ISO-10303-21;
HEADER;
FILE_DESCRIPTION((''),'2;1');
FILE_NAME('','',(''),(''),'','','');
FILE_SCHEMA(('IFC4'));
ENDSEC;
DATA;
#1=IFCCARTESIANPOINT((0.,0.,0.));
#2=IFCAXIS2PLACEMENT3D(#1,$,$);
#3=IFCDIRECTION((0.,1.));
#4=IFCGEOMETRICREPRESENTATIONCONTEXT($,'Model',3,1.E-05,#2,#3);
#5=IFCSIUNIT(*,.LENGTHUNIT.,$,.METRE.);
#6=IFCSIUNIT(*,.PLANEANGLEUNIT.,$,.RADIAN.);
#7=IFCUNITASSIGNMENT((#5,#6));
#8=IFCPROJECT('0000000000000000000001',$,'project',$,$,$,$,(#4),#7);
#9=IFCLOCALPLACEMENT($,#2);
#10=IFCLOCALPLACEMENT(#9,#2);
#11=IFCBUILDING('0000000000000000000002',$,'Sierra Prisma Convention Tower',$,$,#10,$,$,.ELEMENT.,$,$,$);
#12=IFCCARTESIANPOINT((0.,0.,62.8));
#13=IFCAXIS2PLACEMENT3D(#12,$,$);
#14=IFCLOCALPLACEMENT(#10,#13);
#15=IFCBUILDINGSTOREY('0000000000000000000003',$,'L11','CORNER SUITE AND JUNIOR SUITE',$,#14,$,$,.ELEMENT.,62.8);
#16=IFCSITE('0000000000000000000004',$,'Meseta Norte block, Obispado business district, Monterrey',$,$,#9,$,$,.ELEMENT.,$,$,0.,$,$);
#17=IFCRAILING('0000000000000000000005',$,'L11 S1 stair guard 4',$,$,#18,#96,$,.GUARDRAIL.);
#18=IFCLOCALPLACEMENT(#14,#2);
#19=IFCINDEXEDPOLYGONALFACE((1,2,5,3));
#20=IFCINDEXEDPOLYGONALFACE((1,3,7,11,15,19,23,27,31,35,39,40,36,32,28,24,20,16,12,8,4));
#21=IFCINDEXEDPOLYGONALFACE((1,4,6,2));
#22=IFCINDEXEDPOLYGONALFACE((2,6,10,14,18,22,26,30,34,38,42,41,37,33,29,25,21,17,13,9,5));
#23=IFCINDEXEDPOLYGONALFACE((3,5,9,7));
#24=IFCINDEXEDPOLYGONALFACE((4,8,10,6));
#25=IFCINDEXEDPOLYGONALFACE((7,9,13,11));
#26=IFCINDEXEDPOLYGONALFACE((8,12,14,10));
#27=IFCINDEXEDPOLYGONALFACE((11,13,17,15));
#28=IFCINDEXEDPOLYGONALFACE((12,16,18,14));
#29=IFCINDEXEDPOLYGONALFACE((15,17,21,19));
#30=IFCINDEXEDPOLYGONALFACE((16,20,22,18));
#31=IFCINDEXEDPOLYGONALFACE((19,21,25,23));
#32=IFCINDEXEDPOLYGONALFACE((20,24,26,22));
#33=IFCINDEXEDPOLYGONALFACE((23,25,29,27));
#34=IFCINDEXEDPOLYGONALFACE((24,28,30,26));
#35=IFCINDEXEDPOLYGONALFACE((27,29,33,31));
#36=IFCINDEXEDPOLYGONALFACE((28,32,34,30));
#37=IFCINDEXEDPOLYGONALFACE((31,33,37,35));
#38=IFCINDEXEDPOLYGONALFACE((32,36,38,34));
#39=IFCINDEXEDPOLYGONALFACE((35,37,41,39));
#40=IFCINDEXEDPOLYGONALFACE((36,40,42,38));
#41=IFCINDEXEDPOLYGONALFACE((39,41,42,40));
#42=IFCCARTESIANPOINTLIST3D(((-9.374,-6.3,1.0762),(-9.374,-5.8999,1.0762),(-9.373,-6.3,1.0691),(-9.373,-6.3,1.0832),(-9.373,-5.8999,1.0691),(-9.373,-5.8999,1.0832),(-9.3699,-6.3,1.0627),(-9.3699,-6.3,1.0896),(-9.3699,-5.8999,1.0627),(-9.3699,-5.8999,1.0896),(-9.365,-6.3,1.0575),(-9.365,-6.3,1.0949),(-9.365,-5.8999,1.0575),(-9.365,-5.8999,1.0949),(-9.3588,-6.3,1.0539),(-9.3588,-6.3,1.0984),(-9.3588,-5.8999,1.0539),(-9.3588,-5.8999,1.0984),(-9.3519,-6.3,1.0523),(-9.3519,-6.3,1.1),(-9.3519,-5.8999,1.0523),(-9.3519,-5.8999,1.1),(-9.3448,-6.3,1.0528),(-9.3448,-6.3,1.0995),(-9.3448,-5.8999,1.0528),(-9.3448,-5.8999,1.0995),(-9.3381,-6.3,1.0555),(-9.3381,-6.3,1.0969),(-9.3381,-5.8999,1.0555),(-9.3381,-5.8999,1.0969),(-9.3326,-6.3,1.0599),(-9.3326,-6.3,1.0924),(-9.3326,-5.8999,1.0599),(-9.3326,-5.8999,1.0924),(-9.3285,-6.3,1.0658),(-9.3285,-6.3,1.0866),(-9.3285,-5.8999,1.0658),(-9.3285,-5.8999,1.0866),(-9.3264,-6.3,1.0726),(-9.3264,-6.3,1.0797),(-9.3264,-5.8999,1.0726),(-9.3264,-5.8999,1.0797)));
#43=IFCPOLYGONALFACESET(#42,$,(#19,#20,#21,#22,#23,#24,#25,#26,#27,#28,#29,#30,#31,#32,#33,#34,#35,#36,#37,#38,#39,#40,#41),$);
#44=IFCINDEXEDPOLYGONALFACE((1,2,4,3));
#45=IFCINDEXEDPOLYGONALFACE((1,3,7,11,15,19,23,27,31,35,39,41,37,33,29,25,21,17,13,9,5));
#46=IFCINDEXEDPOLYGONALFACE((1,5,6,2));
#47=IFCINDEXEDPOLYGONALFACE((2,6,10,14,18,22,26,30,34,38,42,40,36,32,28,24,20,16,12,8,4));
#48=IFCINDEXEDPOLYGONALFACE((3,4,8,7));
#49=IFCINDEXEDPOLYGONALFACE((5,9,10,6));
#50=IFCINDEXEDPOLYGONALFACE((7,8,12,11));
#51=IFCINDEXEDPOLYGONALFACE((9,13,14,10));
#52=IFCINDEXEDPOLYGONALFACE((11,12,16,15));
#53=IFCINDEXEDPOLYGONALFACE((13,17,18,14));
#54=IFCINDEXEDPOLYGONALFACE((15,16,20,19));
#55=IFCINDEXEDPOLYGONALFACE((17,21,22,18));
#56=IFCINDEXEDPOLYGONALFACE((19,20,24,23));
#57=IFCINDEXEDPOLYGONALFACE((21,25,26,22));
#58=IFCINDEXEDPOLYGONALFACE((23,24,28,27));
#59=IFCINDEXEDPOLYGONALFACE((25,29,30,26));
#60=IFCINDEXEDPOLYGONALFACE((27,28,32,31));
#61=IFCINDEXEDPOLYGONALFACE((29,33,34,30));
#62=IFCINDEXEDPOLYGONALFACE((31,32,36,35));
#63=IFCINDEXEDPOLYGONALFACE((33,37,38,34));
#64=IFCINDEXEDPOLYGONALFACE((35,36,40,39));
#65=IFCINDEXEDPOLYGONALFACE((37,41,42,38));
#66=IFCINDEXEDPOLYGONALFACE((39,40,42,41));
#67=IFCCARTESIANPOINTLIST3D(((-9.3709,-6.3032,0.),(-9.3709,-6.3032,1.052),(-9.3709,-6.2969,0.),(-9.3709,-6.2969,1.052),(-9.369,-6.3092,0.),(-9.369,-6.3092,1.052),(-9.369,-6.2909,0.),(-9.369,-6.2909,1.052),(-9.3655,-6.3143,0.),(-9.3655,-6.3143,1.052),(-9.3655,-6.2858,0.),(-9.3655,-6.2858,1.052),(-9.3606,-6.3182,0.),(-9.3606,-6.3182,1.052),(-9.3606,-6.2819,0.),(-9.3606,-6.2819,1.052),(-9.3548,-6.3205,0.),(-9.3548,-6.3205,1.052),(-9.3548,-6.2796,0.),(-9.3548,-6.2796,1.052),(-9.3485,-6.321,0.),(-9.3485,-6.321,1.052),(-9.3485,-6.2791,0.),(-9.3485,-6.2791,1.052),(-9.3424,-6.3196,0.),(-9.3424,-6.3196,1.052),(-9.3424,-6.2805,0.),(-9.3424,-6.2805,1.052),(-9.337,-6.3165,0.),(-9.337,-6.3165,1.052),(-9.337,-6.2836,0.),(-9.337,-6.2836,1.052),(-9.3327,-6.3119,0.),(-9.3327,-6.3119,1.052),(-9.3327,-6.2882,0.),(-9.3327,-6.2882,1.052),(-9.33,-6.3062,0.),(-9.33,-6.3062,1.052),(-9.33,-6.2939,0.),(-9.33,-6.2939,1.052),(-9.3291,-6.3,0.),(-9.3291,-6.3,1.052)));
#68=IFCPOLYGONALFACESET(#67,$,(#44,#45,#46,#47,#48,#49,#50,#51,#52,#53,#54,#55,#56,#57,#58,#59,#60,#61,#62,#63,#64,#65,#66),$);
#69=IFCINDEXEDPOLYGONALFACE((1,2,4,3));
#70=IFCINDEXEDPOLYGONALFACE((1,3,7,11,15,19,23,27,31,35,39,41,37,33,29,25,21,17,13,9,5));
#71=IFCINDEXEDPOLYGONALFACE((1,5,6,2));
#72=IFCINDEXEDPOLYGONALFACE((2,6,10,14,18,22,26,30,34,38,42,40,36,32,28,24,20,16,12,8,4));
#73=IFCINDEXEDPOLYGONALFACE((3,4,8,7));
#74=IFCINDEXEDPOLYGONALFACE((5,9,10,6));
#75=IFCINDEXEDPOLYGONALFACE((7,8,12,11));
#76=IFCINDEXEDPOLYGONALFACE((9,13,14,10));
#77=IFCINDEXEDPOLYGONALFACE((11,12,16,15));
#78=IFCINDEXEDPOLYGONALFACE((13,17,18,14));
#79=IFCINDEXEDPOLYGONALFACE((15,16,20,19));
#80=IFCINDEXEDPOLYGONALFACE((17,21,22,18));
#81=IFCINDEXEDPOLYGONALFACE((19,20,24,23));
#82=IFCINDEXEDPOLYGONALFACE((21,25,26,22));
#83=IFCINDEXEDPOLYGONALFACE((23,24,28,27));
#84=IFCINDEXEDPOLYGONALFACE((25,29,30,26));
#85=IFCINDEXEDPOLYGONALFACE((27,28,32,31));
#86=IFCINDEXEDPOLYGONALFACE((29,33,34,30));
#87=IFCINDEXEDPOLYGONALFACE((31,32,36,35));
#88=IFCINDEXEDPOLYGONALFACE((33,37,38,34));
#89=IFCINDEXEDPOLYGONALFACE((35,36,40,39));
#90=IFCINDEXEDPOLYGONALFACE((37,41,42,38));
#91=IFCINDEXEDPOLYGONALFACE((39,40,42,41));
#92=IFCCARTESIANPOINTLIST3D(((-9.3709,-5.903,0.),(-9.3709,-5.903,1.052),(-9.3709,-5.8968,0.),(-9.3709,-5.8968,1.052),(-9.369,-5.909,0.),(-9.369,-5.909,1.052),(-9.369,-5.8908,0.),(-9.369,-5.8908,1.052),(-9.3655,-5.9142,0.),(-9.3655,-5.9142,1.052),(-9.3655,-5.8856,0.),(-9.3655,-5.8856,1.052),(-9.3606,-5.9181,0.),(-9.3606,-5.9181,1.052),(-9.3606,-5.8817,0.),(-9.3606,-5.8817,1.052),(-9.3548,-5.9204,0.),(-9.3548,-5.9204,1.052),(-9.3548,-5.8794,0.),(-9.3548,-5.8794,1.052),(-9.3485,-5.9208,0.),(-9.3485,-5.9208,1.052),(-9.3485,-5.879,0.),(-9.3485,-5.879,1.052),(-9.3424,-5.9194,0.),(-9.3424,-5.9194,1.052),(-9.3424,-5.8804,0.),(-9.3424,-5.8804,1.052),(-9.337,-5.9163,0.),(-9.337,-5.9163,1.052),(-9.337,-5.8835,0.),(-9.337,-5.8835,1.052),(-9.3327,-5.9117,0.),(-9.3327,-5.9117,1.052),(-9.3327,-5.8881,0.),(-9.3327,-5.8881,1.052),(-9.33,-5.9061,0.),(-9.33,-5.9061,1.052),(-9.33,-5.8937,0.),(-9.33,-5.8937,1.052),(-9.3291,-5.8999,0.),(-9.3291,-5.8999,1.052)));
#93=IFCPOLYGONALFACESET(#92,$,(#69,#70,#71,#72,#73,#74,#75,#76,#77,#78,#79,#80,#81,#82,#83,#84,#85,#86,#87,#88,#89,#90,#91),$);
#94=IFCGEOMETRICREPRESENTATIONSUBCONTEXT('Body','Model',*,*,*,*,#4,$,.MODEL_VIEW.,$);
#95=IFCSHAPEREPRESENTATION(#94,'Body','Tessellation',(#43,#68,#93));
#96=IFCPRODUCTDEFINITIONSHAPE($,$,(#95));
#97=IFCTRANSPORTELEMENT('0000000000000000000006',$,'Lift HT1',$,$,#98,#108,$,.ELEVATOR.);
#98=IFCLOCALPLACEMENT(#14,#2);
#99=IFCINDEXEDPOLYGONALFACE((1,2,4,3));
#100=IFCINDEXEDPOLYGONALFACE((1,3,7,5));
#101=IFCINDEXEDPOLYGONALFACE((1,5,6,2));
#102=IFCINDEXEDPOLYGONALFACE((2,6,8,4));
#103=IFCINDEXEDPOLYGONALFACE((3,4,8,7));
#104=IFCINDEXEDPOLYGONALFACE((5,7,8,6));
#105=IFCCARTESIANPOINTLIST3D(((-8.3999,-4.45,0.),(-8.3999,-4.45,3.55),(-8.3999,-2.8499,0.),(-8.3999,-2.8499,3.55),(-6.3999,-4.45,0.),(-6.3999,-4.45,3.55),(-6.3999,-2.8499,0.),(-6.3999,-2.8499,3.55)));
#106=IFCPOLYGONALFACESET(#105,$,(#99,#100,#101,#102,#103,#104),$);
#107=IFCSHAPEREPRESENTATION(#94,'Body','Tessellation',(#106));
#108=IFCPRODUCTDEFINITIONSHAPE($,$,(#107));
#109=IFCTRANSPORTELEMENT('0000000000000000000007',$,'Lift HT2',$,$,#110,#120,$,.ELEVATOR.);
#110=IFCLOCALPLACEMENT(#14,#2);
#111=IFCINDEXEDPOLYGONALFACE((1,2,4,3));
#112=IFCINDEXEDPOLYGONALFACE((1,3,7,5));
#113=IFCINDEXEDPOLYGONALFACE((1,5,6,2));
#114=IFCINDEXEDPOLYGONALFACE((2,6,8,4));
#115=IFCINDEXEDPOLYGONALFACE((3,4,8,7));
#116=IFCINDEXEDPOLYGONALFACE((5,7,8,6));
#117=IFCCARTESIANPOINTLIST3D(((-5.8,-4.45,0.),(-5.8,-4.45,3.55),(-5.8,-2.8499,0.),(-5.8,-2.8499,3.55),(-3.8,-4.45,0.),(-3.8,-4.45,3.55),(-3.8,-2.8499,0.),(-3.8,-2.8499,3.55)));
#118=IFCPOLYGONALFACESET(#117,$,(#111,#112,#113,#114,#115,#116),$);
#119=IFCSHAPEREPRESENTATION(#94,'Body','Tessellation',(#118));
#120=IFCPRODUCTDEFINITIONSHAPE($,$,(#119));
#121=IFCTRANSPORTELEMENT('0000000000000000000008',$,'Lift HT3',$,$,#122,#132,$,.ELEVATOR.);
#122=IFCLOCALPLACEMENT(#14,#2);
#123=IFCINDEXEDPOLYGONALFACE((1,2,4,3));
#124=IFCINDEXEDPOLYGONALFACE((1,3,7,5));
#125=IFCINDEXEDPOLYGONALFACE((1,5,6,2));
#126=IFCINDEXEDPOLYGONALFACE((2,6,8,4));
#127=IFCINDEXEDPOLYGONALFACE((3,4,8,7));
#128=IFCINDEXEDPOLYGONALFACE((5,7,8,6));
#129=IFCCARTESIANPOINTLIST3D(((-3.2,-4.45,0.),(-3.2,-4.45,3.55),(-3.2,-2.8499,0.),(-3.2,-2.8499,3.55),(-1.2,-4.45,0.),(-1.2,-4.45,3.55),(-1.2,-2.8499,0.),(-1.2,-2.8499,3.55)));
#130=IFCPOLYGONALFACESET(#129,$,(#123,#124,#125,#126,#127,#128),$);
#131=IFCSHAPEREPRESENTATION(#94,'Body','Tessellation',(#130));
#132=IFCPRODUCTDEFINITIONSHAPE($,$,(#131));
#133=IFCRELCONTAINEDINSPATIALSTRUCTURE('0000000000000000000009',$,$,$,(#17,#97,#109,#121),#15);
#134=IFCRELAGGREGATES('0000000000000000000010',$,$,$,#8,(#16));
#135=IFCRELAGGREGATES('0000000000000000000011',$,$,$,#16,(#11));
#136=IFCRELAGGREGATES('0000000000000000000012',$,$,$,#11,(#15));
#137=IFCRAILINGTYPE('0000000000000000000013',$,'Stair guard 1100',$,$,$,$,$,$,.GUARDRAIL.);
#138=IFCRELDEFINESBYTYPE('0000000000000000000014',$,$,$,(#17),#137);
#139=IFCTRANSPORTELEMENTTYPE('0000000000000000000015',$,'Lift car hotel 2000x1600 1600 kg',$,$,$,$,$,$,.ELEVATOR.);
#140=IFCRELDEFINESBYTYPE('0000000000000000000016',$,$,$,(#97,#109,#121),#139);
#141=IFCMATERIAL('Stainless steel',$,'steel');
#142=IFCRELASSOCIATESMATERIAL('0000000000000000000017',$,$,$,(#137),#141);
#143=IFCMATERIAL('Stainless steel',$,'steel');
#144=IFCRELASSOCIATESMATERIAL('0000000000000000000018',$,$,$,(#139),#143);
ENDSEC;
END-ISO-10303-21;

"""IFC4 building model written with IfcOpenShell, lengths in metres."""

from ifc_helpers import new_model, si_unit, direction, frame, origin, origin_2d, place, context, subcontext, project, spatial, rectangle, circle, extrude, material, type_object, element, save


model = new_model("IFC4")

# Units and contexts
model_context = context("Model", 3, precision=1e-05, world=origin(), true_north=direction((0.0, 1.0)))
body_context = subcontext(model_context, "Body", "Model", "MODEL_VIEW")
ifc_project = project(units=[si_unit("LENGTHUNIT", "METRE"), si_unit("PLANEANGLEUNIT", "RADIAN")], contexts=[model_context])

# Site, building, storey
site_placement = place(None, origin())
site = spatial("IfcSite", under=ifc_project, at=site_placement, Name="Meseta Norte block, Obispado business district, Monterrey", CompositionType="ELEMENT", RefElevation=0.0)
building_placement = place(site_placement, origin())
building = spatial("IfcBuilding", under=site, at=building_placement, Name="Sierra Prisma Convention Tower", CompositionType="ELEMENT")
storey_placement = place(building_placement, frame((0.0, 0.0, 62.8)))
storey = spatial("IfcBuildingStorey", under=building, at=storey_placement, Name="L11", Description="CORNER SUITE AND JUNIOR SUITE", CompositionType="ELEMENT", Elevation=62.8)

# Railing
ifc_material_1 = material(Name="Stainless steel", Category="steel")
railing_type_1 = type_object("IfcRailingType", Name="Stair guard 1100", PredefinedType="GUARDRAIL", material=ifc_material_1)
railing_1_placement = place(storey_placement, frame((-9.3501, -6.3, 0.0)))
element("IfcRailing", 1, at=railing_1_placement, inside=storey, type_object=railing_type_1, Name="L11 S1 stair guard 4", PredefinedType="GUARDRAIL", context=body_context, shape_type="SweptSolid", body=[
    extrude(circle(Radius=0.0239, at=origin_2d()), frame((0.0, 0.0, 1.0762), z_axis=(0.0, 1.0, 0.0), x_axis=(-1.0, 0.0, 0.0)), (0.0, 0.0, 1.0), 0.4001),
    extrude(circle(Radius=0.021, at=origin_2d()), origin(), (0.0, 0.0, 1.0), 1.052),
    extrude(circle(Radius=0.021, at=origin_2d()), frame((0.0, 0.4001, 0.0)), (0.0, 0.0, 1.0), 1.052),
])

# Transport elements
ifc_material_2 = material(Name="Stainless steel", Category="steel")
transport_element_type = type_object("IfcTransportElementType", Name="Lift car hotel 2000x1600 1600 kg", PredefinedType="ELEVATOR", material=ifc_material_2)
for number, where, z_axis, x_axis, name in (
    (2, (-7.3999, -3.6499, 0.0), (0.0, 0.0, 1.0), (1.0, 0.0, 0.0), "Lift HT1"),
    (3, (-4.8, -3.6499, 0.0), (0.0, 0.0, 1.0), (1.0, 0.0, 0.0), "Lift HT2"),
    (4, (-2.2, -3.6499, 0.0), (0.0, 0.0, 1.0), (1.0, 0.0, 0.0), "Lift HT3"),
):
    element("IfcTransportElement", number, at=place(storey_placement, frame(where, z_axis=z_axis, x_axis=x_axis)), inside=storey, type_object=transport_element_type, Name=name, PredefinedType="ELEVATOR", context=body_context, shape_type="SweptSolid", body=[
        extrude(rectangle(XDim=2.0, YDim=1.6001, at=origin_2d()), origin(), (0.0, 0.0, 1.0), 3.55),
    ])

save(model, "model.ifc")
